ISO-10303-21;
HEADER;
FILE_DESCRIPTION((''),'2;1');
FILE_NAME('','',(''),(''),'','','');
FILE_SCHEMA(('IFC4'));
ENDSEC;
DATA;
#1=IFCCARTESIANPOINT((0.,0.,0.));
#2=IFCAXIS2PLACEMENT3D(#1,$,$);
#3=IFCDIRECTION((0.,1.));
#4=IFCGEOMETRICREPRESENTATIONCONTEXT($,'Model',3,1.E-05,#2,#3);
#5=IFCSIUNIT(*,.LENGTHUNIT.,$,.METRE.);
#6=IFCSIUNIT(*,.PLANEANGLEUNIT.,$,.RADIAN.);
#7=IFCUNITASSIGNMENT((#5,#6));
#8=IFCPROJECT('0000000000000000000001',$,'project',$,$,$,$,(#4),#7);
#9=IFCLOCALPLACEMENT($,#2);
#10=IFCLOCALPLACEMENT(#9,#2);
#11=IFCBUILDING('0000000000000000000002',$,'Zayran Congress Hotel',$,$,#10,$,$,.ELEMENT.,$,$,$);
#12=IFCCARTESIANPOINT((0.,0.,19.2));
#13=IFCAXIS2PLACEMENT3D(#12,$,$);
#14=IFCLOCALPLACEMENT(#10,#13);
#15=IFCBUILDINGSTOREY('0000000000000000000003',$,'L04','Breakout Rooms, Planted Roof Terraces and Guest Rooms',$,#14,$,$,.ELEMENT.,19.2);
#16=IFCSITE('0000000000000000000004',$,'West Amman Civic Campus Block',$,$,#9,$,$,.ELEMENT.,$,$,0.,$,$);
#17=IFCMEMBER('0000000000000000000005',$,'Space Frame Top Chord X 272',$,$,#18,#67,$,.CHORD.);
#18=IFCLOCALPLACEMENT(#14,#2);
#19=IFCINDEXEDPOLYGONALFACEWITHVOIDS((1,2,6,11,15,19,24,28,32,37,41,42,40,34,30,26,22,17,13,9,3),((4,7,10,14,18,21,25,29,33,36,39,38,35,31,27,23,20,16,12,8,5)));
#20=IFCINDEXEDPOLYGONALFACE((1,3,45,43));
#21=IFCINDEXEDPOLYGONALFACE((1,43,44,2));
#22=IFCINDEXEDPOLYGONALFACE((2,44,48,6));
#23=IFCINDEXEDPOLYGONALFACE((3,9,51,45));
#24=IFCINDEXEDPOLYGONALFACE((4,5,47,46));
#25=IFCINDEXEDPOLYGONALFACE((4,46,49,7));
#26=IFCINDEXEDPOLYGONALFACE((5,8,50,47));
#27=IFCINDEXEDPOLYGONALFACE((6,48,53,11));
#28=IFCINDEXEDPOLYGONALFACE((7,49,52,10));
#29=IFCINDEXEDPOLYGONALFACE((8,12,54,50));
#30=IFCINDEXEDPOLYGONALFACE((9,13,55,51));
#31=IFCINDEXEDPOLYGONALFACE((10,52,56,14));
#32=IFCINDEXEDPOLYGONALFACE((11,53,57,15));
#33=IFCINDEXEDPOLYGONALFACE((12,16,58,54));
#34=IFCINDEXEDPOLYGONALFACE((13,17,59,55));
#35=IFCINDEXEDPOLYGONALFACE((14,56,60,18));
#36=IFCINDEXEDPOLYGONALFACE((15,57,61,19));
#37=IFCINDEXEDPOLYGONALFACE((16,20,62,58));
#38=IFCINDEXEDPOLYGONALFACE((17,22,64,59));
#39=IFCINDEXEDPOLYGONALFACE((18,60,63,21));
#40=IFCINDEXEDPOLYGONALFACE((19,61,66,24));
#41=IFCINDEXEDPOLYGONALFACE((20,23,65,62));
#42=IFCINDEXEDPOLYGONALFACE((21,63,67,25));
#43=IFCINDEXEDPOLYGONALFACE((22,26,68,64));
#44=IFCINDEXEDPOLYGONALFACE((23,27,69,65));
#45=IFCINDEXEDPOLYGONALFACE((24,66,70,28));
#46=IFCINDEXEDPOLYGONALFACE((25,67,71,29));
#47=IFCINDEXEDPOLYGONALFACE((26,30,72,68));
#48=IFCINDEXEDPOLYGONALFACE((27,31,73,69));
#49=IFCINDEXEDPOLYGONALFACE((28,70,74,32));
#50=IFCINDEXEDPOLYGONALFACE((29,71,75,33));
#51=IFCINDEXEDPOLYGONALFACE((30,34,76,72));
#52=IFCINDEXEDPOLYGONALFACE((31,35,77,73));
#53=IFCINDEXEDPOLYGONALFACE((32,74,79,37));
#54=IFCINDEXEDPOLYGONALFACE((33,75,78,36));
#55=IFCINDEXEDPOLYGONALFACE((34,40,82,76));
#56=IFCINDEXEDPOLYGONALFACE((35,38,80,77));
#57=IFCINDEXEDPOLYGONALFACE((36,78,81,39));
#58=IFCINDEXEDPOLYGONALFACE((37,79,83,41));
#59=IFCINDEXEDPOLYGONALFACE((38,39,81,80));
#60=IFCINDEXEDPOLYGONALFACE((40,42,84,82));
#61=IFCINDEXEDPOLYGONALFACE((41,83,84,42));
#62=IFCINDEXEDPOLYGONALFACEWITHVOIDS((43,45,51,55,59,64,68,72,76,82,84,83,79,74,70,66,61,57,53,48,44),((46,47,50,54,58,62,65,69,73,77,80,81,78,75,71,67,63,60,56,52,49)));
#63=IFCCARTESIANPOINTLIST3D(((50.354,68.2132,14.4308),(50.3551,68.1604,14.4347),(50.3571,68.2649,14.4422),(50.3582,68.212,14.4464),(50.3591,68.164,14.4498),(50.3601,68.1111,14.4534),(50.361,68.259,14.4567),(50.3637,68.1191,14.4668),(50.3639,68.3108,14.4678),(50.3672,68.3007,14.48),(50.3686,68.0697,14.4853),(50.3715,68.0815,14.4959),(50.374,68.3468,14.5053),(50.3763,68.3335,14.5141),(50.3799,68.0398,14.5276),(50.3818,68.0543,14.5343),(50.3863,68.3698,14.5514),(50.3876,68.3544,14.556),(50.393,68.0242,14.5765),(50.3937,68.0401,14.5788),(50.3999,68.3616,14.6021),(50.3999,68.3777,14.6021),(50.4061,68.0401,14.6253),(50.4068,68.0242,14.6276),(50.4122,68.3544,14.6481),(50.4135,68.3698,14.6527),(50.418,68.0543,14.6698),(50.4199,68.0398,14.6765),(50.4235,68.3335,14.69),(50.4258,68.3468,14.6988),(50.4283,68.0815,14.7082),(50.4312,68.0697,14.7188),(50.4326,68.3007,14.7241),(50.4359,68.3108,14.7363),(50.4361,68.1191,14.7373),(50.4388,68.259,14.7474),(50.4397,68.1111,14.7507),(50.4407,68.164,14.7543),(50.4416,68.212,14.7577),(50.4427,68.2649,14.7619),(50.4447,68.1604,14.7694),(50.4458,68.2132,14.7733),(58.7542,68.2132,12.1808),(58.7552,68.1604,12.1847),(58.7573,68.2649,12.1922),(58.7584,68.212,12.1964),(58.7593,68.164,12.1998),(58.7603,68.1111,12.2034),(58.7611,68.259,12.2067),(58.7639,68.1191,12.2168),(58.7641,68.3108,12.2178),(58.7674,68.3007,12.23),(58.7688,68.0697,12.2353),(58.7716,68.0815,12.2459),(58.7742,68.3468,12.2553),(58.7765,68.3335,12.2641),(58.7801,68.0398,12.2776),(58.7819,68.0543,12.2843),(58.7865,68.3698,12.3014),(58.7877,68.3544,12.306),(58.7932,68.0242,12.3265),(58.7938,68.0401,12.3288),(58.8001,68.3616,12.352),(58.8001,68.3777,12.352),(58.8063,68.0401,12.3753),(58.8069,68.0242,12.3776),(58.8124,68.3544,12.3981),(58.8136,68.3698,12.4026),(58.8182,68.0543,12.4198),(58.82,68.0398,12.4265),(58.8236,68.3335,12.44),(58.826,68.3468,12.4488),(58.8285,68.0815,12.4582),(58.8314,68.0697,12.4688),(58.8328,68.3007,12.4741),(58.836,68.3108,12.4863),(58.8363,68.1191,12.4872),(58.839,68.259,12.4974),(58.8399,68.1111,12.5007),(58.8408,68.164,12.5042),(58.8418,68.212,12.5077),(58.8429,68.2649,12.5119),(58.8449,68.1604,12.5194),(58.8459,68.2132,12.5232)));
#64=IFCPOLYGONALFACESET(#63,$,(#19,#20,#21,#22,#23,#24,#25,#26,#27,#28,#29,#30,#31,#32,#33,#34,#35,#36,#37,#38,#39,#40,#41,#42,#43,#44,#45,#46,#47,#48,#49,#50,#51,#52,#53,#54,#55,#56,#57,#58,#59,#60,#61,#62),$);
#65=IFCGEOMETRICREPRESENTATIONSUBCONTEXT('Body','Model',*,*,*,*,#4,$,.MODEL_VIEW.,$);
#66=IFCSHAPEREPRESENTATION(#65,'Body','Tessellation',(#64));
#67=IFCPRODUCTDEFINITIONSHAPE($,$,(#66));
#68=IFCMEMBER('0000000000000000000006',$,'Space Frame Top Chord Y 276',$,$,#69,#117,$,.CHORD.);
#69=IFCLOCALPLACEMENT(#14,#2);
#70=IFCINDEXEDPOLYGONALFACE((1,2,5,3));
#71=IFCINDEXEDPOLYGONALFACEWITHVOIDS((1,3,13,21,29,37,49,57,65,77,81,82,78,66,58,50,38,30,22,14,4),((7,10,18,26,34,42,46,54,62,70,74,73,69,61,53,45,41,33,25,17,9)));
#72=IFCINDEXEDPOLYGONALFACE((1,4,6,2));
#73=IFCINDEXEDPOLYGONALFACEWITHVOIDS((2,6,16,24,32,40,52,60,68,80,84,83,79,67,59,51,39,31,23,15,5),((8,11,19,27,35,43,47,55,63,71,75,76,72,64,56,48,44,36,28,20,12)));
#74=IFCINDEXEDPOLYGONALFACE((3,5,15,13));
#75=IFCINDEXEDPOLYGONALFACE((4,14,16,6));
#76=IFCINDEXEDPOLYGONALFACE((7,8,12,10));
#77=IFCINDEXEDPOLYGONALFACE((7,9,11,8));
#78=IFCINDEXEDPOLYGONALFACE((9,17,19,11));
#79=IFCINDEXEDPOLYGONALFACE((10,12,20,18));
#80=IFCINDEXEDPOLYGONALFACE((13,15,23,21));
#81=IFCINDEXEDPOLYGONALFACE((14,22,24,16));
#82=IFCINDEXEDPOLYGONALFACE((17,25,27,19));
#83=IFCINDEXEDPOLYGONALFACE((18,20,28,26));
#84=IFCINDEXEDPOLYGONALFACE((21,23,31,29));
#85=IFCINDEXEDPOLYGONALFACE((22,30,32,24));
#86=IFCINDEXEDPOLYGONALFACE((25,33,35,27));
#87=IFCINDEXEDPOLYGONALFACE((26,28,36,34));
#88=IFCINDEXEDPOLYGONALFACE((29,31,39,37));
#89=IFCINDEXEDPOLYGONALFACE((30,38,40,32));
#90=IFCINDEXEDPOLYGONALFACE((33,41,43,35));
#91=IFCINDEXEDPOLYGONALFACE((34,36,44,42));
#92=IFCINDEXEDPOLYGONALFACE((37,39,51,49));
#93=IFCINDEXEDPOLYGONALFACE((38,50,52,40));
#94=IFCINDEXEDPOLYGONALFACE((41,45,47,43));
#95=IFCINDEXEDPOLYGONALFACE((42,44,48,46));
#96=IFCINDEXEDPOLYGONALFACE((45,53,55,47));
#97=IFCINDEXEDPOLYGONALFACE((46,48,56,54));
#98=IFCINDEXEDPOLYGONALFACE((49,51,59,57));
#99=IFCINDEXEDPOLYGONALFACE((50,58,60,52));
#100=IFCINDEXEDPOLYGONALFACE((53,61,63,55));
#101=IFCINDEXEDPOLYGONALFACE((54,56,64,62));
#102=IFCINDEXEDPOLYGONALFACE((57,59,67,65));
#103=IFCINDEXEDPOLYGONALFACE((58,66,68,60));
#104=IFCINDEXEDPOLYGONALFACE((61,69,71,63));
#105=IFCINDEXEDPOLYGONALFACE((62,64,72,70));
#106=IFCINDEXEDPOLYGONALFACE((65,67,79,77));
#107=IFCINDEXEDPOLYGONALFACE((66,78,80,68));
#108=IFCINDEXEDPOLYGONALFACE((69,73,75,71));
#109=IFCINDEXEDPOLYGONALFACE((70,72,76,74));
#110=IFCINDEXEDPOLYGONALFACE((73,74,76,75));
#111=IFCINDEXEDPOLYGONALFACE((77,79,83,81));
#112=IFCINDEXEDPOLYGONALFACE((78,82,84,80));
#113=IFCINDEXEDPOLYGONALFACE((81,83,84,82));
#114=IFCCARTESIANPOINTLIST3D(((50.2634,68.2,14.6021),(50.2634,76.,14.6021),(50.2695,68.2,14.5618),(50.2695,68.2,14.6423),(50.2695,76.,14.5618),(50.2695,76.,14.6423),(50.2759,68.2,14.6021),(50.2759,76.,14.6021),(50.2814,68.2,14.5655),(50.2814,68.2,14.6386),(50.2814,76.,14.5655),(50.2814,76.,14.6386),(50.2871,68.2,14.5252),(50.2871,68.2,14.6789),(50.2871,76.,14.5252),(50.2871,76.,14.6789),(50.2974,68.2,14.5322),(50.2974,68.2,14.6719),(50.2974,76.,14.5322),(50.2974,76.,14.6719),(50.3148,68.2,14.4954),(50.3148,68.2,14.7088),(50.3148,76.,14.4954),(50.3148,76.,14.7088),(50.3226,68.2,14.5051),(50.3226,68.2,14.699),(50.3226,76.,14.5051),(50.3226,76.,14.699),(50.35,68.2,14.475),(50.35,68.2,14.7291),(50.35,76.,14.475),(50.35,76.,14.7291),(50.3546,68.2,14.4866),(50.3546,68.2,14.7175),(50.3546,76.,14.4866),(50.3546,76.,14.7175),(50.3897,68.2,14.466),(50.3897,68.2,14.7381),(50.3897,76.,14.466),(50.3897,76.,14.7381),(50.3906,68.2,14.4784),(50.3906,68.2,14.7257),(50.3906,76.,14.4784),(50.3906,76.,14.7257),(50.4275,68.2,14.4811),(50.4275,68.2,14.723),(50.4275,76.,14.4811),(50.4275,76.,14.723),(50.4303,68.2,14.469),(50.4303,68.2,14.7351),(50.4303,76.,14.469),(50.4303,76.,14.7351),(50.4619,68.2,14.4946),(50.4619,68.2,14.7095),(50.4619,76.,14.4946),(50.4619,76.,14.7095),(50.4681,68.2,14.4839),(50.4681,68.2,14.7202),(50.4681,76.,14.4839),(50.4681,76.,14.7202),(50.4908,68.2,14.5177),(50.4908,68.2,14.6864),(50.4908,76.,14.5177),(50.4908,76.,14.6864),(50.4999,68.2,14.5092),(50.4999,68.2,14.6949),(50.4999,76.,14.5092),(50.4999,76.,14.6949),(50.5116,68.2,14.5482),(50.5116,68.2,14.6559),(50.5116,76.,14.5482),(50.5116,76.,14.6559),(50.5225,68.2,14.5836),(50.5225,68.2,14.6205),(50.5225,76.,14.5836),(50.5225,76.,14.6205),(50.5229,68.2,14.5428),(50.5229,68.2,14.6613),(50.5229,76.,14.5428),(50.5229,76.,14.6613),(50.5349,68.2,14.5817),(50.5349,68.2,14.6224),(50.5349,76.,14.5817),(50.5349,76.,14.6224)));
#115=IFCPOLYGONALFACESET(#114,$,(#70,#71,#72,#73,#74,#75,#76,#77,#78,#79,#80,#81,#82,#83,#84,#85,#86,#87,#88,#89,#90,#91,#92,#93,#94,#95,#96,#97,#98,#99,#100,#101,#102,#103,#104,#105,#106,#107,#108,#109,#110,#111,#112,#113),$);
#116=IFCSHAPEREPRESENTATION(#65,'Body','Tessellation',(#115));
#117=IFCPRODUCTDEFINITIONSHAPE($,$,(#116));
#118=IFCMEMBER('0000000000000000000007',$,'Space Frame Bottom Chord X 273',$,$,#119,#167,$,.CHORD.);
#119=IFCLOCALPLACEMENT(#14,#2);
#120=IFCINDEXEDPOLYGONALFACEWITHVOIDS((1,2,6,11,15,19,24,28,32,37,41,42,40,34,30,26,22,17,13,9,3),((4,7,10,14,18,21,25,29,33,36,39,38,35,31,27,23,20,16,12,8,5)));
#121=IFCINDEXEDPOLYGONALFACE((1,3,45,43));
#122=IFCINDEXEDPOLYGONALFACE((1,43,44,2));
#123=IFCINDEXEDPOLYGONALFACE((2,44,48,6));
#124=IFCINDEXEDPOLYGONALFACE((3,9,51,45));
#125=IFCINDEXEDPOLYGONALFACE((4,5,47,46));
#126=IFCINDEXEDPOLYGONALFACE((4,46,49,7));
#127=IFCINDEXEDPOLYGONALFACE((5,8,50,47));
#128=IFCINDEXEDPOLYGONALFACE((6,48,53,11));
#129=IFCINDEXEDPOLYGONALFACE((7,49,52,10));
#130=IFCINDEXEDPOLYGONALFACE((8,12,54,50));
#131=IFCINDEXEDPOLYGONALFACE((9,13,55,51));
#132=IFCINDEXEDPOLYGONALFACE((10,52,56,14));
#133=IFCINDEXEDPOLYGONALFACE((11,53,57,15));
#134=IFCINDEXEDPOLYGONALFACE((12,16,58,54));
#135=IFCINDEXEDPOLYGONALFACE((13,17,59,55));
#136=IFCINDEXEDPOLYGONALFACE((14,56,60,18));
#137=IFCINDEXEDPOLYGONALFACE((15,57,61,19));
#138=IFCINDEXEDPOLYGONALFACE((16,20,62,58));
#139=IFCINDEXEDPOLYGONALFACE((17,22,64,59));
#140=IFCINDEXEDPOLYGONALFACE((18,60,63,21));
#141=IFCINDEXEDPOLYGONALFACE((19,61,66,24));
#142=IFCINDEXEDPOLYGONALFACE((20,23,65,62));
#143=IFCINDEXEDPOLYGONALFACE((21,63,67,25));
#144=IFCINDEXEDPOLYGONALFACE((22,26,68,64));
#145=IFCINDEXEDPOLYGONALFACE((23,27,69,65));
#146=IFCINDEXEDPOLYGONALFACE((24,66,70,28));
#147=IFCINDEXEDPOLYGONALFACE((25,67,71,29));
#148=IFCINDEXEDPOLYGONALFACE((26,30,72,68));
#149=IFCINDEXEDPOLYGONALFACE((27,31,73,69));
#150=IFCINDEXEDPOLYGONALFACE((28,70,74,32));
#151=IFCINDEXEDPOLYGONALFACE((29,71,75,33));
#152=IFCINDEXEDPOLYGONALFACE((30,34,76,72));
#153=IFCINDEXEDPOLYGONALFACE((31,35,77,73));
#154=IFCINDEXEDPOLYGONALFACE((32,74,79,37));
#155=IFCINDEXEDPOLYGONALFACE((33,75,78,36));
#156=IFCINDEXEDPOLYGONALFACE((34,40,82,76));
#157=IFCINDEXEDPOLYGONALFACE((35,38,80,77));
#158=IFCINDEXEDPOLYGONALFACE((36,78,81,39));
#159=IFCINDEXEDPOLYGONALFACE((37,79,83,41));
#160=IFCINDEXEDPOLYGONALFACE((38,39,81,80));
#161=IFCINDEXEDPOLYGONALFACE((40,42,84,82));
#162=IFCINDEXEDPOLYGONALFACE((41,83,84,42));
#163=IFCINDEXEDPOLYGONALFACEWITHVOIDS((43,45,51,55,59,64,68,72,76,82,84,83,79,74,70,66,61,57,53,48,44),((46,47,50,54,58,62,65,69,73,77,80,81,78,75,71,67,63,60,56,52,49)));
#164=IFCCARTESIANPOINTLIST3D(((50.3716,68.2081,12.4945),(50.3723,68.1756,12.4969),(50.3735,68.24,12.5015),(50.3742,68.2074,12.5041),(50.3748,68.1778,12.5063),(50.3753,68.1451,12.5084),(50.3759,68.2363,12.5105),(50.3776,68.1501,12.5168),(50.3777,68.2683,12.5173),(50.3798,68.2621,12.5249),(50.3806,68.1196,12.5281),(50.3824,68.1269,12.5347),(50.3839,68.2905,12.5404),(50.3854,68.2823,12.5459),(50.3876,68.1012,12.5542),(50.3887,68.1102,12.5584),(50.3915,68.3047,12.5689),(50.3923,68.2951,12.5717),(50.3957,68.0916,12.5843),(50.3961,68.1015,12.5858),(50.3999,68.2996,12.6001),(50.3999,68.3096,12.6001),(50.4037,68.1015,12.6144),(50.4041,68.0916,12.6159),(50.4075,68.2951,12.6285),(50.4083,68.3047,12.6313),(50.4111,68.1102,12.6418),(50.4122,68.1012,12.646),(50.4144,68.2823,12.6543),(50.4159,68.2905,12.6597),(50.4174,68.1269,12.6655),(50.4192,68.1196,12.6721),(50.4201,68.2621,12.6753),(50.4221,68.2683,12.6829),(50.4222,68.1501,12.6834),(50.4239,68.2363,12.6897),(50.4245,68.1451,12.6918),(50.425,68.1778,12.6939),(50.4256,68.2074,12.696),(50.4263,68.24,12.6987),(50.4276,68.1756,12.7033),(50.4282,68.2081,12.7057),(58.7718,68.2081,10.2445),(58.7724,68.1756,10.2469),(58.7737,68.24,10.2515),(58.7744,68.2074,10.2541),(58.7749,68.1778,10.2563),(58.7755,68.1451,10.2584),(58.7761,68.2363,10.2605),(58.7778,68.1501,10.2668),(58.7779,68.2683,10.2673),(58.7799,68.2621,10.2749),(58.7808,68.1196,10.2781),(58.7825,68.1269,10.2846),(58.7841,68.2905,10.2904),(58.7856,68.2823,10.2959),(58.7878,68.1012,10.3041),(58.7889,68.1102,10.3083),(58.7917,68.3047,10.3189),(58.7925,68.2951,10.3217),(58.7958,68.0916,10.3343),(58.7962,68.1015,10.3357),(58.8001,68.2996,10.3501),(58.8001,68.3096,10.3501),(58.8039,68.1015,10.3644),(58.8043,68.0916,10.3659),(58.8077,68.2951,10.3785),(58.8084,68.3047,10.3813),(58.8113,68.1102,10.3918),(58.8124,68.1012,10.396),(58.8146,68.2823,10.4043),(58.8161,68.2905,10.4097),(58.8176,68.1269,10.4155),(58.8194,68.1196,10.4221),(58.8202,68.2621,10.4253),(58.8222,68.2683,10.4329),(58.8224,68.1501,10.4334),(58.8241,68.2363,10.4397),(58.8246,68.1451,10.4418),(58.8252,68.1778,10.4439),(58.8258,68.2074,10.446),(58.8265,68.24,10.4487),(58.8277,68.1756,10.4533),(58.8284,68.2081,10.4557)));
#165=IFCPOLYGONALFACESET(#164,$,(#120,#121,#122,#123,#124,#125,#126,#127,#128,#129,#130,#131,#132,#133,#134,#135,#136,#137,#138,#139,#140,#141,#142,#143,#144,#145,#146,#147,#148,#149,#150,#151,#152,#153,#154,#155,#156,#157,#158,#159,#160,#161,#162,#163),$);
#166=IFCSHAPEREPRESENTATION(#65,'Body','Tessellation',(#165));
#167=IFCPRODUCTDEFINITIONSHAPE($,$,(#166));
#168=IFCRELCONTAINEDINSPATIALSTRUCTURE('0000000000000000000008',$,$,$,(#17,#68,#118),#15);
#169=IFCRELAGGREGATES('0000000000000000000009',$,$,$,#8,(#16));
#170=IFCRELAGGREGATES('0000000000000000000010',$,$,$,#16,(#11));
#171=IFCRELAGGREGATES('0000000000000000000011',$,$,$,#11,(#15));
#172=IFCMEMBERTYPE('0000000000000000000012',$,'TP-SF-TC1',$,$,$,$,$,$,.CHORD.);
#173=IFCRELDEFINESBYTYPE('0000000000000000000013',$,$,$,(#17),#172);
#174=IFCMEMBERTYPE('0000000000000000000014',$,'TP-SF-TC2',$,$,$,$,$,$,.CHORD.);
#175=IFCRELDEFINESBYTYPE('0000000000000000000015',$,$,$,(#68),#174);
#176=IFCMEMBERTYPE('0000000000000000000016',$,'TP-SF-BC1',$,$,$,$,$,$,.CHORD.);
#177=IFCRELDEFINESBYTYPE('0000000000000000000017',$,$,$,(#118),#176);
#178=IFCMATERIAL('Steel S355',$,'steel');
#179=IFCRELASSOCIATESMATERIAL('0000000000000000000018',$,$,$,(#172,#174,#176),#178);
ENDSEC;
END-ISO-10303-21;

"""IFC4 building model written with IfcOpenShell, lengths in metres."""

from ifc_helpers import new_model, si_unit, direction, frame, origin, origin_2d, place, context, subcontext, project, spatial, hollow_circle, extrude, material, material_profile, profile_set, type_object, element, save


model = new_model("IFC4")

# Units and contexts
model_context = context("Model", 3, precision=1e-05, world=origin(), true_north=direction((0.0, 1.0)))
body_context = subcontext(model_context, "Body", "Model", "MODEL_VIEW")
ifc_project = project(units=[si_unit("LENGTHUNIT", "METRE"), si_unit("PLANEANGLEUNIT", "RADIAN")], contexts=[model_context])

# Site, building, storey
site_placement = place(None, origin())
site = spatial("IfcSite", under=ifc_project, at=site_placement, Name="West Amman Civic Campus Block", CompositionType="ELEMENT", RefElevation=0.0)
building_placement = place(site_placement, origin())
building = spatial("IfcBuilding", under=site, at=building_placement, Name="Zayran Congress Hotel", CompositionType="ELEMENT")
storey_placement = place(building_placement, frame((0.0, 0.0, 19.2)))
storey = spatial("IfcBuildingStorey", under=building, at=storey_placement, Name="L04", Description="Breakout Rooms, Planted Roof Terraces and Guest Rooms", CompositionType="ELEMENT", Elevation=19.2)

# Members
ifc_material_1 = material(Name="Steel S355", Category="steel")
ifc_material_profile_1 = material_profile(ifc_material_1, hollow_circle(Radius=0.1777, WallThickness=0.0161, at=origin_2d()), Name="CHS 355.6x16")
ifc_profile_set_1 = profile_set([ifc_material_profile_1], Name="Steel S355")
member_type_1 = type_object("IfcMemberType", Name="TP-SF-TC1", PredefinedType="CHORD", material=ifc_profile_set_1)
member_1_placement = place(storey_placement, frame((50.3999, 68.2, 14.6021), z_axis=(0.965949, 0.0, -0.258732), x_axis=(0.0, 1.0, 0.0)))
element("IfcMember", 1, at=member_1_placement, inside=storey, type_object=member_type_1, Name="Space Frame Top Chord X 272", PredefinedType="CHORD", context=body_context, shape_type="SweptSolid", body=[
    extrude(hollow_circle(Radius=0.1777, WallThickness=0.0161, at=origin_2d()), origin(), (0.0, 0.0, 1.0), 8.6963),
])
ifc_material_profile_2 = material_profile(ifc_material_1, hollow_circle(Radius=0.1365, WallThickness=0.0125, at=origin_2d()), Name="CHS 273x12.5")
ifc_profile_set_2 = profile_set([ifc_material_profile_2], Name="Steel S355")
member_type_2 = type_object("IfcMemberType", Name="TP-SF-TC2", PredefinedType="CHORD", material=ifc_profile_set_2)
member_2_placement = place(storey_placement, frame((50.3999, 68.2, 14.6021), z_axis=(0.0, 1.0, 0.0), x_axis=(-1.0, 0.0, 0.0)))
element("IfcMember", 2, at=member_2_placement, inside=storey, type_object=member_type_2, Name="Space Frame Top Chord Y 276", PredefinedType="CHORD", context=body_context, shape_type="SweptSolid", body=[
    extrude(hollow_circle(Radius=0.1365, WallThickness=0.0125, at=origin_2d()), origin(), (0.0, 0.0, 1.0), 7.8),
])
ifc_material_profile_3 = material_profile(ifc_material_1, hollow_circle(Radius=0.1096, WallThickness=0.01, at=origin_2d()), Name="CHS 219.1x10")
ifc_profile_set_3 = profile_set([ifc_material_profile_3], Name="Steel S355")
member_type_3 = type_object("IfcMemberType", Name="TP-SF-BC1", PredefinedType="CHORD", material=ifc_profile_set_3)
member_3_placement = place(storey_placement, frame((50.3999, 68.2, 12.6001), z_axis=(0.965949, 0.0, -0.258732), x_axis=(0.0, 1.0, 0.0)))
element("IfcMember", 3, at=member_3_placement, inside=storey, type_object=member_type_3, Name="Space Frame Bottom Chord X 273", PredefinedType="CHORD", context=body_context, shape_type="SweptSolid", body=[
    extrude(hollow_circle(Radius=0.1096, WallThickness=0.01, at=origin_2d()), origin(), (0.0, 0.0, 1.0), 8.6963),
])

save(model, "model.ifc")
